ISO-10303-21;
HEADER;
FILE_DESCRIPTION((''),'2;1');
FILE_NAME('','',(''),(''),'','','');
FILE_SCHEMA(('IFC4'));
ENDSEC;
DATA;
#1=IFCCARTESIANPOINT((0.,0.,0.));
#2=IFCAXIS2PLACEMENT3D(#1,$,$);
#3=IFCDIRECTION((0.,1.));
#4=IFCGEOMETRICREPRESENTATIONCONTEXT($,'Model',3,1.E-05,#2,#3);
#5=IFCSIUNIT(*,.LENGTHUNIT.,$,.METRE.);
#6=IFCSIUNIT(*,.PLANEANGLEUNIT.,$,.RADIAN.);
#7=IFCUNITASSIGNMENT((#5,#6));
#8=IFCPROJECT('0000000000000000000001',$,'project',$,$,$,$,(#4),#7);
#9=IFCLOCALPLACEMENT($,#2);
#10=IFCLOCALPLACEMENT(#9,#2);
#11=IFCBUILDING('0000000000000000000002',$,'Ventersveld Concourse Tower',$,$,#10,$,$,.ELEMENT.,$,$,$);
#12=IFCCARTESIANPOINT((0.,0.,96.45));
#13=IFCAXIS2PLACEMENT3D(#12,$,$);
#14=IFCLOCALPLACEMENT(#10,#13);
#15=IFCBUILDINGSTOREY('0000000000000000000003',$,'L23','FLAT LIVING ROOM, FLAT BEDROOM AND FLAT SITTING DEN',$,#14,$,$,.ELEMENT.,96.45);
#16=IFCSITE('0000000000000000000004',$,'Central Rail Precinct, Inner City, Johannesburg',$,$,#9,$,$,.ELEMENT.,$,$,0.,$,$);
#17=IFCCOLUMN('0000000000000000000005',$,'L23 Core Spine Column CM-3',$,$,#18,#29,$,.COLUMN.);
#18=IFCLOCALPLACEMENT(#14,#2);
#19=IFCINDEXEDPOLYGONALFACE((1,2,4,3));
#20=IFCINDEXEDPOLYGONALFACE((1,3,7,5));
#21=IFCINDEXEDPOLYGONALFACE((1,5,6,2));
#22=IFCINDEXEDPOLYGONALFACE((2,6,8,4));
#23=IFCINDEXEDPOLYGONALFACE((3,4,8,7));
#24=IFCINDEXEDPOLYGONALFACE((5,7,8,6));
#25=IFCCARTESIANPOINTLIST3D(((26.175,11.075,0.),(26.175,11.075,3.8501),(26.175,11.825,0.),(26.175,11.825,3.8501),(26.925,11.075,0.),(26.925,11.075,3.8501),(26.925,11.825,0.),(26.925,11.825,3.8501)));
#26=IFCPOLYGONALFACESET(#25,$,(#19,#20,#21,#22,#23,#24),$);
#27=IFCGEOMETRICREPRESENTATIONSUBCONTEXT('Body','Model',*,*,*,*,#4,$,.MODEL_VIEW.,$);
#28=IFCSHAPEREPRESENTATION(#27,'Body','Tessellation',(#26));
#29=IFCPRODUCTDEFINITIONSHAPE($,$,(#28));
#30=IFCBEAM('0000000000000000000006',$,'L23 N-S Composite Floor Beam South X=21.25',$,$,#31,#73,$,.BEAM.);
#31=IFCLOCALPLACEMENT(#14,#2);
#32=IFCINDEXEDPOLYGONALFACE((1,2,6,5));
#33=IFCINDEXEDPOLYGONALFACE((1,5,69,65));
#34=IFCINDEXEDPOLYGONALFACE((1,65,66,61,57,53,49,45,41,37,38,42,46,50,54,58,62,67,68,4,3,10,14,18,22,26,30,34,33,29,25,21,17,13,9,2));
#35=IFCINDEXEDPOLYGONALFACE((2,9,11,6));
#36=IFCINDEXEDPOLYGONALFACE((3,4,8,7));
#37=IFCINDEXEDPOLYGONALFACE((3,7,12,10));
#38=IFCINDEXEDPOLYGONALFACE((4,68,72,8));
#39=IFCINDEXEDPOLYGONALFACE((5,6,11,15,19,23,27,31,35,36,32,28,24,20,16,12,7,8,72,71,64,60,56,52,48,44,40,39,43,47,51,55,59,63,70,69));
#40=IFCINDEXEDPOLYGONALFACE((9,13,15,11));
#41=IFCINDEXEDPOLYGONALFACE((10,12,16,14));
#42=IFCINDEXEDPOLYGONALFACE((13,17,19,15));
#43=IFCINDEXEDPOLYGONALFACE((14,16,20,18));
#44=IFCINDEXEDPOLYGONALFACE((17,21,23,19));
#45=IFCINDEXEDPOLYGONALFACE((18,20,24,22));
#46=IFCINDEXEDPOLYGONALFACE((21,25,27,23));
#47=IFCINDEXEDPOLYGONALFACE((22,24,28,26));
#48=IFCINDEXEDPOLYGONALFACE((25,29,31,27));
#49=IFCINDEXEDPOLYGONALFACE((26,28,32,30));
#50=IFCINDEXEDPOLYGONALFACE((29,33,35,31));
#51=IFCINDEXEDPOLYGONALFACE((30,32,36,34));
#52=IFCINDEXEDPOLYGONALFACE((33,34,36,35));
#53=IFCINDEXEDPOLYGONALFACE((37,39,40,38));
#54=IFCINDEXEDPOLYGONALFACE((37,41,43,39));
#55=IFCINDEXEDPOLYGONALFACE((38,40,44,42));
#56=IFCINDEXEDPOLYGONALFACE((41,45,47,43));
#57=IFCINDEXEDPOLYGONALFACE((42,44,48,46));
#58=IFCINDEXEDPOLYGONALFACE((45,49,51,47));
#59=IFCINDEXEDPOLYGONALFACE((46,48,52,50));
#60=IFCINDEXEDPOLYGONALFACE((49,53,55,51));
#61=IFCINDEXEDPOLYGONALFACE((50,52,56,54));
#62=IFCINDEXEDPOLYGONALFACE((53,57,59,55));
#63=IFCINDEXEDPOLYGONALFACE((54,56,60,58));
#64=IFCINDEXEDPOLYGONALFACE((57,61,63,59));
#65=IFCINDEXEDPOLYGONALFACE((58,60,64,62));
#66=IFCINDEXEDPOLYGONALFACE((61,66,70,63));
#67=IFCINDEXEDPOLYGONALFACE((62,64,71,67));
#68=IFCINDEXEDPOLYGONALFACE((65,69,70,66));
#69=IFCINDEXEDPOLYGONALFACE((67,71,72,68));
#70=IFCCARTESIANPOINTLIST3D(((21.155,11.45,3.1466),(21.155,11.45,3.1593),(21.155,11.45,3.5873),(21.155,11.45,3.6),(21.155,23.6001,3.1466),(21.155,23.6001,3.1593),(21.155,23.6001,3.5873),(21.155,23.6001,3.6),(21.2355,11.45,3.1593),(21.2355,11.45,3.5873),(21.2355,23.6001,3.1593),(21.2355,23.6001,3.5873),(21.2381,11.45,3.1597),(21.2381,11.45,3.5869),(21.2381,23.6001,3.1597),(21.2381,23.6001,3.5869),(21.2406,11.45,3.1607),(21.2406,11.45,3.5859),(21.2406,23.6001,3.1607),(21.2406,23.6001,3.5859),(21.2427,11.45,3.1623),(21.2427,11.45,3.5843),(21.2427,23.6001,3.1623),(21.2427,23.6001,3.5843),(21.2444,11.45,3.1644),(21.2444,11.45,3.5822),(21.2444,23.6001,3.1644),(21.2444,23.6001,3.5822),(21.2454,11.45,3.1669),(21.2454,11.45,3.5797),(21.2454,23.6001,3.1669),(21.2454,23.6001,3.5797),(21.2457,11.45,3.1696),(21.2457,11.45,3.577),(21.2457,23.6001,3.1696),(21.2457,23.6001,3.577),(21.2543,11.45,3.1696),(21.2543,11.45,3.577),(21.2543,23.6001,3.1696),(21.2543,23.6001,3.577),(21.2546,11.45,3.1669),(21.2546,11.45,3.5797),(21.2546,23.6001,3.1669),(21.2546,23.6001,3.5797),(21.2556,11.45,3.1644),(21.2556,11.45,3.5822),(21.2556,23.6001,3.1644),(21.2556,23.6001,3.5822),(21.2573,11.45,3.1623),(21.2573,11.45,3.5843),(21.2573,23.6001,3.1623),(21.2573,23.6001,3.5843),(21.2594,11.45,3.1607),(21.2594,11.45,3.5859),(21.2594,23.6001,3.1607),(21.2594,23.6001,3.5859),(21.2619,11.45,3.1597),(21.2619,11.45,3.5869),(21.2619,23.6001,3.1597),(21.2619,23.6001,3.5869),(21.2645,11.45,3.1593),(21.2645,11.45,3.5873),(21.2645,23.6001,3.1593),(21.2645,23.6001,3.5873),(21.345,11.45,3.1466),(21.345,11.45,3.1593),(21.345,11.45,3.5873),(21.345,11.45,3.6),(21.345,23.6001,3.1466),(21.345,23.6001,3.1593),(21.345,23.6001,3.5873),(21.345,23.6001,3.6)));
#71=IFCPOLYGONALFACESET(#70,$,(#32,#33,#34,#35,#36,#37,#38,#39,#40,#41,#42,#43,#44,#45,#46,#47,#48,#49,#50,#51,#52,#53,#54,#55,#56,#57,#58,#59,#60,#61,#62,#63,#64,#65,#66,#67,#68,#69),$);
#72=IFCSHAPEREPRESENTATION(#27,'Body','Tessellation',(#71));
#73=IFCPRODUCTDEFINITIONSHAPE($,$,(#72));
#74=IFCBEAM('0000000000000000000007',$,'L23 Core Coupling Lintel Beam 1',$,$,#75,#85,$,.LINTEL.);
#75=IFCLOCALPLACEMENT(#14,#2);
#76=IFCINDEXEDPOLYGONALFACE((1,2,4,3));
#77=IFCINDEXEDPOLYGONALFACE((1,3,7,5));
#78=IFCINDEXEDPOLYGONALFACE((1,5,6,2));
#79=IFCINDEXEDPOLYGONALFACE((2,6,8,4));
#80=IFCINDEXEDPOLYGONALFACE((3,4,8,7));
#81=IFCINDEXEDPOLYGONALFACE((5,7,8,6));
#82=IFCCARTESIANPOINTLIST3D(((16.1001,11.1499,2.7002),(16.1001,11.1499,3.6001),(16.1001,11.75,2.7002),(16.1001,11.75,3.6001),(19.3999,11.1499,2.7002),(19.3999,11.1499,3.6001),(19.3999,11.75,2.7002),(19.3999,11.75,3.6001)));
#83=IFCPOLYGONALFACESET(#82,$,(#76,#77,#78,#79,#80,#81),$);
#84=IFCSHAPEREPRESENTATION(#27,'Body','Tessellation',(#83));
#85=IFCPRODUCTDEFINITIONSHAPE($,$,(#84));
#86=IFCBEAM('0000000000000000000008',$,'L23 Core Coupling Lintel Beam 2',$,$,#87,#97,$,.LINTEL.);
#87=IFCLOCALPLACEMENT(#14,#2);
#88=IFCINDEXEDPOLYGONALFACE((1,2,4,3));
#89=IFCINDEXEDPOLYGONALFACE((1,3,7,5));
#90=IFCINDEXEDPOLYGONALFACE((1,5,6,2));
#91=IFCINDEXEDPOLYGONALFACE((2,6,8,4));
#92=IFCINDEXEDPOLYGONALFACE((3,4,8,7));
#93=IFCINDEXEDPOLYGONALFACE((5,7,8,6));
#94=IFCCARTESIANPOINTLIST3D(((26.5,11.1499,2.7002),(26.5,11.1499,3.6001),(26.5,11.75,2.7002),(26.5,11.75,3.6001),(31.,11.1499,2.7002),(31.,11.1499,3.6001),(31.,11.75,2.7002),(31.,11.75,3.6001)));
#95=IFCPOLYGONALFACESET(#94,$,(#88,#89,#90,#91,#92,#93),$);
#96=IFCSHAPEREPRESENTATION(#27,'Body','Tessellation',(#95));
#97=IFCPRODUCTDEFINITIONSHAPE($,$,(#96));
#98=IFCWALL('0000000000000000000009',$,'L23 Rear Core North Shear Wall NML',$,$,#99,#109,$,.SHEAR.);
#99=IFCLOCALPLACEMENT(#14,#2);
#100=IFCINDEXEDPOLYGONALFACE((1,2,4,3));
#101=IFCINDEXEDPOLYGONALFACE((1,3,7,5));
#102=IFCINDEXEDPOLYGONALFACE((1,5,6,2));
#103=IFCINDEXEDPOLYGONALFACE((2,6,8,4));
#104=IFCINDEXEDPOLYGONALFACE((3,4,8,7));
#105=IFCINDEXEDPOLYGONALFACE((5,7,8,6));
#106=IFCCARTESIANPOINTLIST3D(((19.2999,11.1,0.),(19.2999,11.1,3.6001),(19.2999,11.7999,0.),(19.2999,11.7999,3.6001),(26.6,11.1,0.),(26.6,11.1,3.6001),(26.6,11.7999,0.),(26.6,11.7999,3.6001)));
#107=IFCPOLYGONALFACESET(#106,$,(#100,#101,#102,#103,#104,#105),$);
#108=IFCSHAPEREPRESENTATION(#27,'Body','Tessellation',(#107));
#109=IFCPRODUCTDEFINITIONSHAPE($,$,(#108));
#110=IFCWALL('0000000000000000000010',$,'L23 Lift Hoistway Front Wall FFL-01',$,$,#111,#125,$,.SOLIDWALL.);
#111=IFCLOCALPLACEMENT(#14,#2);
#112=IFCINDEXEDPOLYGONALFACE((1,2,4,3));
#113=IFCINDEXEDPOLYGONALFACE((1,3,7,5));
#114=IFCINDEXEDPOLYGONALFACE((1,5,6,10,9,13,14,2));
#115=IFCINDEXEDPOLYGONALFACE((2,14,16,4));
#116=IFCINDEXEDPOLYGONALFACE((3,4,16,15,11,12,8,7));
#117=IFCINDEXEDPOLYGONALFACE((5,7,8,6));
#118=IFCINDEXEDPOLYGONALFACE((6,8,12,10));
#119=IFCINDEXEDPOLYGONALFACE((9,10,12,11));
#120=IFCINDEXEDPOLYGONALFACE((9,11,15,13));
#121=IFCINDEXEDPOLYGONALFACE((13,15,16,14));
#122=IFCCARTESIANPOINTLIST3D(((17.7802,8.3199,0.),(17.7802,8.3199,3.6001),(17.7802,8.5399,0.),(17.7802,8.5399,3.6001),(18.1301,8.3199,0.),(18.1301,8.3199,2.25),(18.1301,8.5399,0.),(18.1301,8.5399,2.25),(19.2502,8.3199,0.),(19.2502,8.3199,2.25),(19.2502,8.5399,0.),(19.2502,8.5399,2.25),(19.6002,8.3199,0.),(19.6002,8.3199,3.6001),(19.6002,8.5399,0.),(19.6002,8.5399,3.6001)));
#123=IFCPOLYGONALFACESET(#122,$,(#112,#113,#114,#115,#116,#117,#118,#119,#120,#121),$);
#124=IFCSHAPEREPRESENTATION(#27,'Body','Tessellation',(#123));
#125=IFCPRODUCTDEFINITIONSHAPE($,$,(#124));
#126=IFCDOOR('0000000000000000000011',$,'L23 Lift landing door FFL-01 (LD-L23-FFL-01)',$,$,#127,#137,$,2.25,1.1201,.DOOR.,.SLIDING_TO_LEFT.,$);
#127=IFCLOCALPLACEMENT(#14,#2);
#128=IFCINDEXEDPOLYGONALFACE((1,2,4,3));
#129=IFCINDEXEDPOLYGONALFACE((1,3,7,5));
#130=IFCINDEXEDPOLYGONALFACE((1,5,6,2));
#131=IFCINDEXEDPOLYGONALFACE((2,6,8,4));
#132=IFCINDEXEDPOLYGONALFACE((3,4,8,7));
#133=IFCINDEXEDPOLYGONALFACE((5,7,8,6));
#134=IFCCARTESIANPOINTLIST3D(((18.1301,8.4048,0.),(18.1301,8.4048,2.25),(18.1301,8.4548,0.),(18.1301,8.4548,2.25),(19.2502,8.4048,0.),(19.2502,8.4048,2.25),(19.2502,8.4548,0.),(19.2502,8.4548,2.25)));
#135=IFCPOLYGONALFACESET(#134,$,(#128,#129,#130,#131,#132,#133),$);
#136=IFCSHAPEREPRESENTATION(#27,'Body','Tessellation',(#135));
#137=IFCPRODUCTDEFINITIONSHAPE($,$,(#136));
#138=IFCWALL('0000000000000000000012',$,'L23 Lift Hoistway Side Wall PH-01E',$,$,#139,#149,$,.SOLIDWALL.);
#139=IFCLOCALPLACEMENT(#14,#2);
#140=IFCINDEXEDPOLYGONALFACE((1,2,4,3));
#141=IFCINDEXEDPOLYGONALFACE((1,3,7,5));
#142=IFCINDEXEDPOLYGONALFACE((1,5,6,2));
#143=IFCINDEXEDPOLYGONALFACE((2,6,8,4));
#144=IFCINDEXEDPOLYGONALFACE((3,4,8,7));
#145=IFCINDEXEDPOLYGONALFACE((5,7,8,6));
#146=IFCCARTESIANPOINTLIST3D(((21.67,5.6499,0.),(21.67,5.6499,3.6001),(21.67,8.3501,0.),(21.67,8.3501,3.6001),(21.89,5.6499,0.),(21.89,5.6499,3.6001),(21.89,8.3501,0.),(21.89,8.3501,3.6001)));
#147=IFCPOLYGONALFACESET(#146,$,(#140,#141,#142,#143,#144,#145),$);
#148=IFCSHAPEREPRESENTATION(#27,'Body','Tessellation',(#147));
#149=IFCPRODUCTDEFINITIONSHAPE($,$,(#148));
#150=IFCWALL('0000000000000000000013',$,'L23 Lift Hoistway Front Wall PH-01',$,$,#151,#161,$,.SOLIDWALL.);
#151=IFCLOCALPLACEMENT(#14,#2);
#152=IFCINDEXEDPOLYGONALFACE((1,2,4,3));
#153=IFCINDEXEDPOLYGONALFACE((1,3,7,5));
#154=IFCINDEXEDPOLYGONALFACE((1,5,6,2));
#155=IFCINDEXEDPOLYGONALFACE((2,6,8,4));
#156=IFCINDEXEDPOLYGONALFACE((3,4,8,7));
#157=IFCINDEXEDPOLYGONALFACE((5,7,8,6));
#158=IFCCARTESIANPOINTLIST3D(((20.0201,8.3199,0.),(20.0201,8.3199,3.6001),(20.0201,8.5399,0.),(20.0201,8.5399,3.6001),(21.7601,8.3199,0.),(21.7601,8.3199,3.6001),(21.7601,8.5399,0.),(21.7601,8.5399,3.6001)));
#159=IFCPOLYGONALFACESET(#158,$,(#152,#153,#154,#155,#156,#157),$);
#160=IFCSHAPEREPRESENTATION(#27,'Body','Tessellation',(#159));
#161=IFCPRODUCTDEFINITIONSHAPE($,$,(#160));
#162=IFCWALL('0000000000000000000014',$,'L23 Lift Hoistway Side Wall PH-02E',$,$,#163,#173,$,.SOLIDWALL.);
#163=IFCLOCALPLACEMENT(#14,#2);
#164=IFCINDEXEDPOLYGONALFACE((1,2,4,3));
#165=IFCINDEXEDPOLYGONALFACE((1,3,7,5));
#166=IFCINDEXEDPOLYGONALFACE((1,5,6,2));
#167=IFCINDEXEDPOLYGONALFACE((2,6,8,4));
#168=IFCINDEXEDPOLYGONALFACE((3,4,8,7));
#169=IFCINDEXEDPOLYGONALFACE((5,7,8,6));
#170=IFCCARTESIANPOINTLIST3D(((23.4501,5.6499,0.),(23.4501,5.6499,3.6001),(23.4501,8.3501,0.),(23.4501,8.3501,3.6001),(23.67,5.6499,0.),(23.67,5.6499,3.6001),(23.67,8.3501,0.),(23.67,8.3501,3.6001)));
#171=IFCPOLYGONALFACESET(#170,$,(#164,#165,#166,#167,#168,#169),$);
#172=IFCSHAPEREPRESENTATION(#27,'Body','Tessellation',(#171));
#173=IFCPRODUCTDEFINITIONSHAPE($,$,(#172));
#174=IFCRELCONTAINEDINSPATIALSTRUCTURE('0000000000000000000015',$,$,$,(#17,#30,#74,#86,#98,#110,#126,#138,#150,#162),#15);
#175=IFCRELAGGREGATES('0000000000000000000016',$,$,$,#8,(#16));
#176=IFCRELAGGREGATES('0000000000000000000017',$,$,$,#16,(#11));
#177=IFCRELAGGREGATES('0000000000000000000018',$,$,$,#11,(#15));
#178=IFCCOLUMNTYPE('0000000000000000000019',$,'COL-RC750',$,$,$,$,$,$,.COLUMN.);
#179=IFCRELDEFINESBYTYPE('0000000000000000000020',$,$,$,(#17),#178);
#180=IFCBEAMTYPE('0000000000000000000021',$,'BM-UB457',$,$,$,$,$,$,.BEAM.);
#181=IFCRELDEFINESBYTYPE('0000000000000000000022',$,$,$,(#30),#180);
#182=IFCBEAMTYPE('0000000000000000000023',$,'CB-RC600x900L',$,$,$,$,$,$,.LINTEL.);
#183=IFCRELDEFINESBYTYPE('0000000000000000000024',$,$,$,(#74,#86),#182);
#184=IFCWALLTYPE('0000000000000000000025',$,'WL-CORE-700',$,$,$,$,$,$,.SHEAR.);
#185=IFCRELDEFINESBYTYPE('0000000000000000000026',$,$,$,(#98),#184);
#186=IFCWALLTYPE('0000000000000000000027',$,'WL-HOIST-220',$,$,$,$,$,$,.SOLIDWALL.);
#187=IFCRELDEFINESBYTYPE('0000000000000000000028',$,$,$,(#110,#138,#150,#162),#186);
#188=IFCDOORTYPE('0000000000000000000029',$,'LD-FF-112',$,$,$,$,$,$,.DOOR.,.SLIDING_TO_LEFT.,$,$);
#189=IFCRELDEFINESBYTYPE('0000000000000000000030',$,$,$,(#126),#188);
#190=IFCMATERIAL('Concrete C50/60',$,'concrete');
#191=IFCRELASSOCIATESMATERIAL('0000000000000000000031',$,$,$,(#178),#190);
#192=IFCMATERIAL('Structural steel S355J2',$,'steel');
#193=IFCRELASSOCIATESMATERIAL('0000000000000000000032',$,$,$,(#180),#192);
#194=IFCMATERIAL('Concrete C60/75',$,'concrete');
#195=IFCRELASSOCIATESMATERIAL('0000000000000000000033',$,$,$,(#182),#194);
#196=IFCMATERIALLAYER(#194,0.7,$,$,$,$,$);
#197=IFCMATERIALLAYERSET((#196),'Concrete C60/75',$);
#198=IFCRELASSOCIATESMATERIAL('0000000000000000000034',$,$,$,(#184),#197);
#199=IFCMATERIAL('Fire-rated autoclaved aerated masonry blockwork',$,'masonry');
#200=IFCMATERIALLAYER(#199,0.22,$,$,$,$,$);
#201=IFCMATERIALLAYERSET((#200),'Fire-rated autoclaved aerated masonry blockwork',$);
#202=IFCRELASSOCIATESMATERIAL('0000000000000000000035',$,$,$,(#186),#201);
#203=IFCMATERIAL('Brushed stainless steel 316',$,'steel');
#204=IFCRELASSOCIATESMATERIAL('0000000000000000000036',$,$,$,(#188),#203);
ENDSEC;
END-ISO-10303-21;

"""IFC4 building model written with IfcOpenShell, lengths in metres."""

from ifc_helpers import new_model, si_unit, direction, frame, frame_2d, origin, origin_2d, place, context, subcontext, project, spatial, rectangle, i_section, extrude, material, layer, layer_set, material_profile, profile_set, type_object, element, fill, save


model = new_model("IFC4")

# Units and contexts
model_context = context("Model", 3, precision=1e-05, world=origin(), true_north=direction((0.0, 1.0)))
body_context = subcontext(model_context, "Body", "Model", "MODEL_VIEW")
ifc_project = project(units=[si_unit("LENGTHUNIT", "METRE"), si_unit("PLANEANGLEUNIT", "RADIAN")], contexts=[model_context])

# Site, building, storey
site_placement = place(None, origin())
site = spatial("IfcSite", under=ifc_project, at=site_placement, Name="Central Rail Precinct, Inner City, Johannesburg", CompositionType="ELEMENT", RefElevation=0.0)
building_placement = place(site_placement, origin())
building = spatial("IfcBuilding", under=site, at=building_placement, Name="Ventersveld Concourse Tower", CompositionType="ELEMENT")
storey_placement = place(building_placement, frame((0.0, 0.0, 96.45)))
storey = spatial("IfcBuildingStorey", under=building, at=storey_placement, Name="L23", Description="FLAT LIVING ROOM, FLAT BEDROOM AND FLAT SITTING DEN", CompositionType="ELEMENT", Elevation=96.45)

# Column
ifc_material_1 = material(Name="Concrete C50/60", Category="concrete")
ifc_material_profile_1 = material_profile(ifc_material_1, rectangle(XDim=0.75, YDim=0.75, at=origin_2d()), Name="RC 750x750")
ifc_profile_set_1 = profile_set([ifc_material_profile_1], Name="Concrete C50/60")
column_type = type_object("IfcColumnType", Name="COL-RC750", PredefinedType="COLUMN", material=ifc_profile_set_1)
column_placement = place(storey_placement, frame((26.55, 11.45, 0.0), z_axis=(0.0, 0.0, 1.0), x_axis=(1.0, 0.0, 0.0)))
element("IfcColumn", 1, at=column_placement, inside=storey, type_object=column_type, Name="L23 Core Spine Column CM-3", PredefinedType="COLUMN", context=body_context, shape_type="SweptSolid", body=[
    extrude(rectangle(XDim=0.75, YDim=0.75, at=origin_2d()), origin(), (0.0, 0.0, 1.0), 3.8501),
])

# Beams
ifc_material_2 = material(Name="Structural steel S355J2", Category="steel")
ifc_material_profile_2 = material_profile(ifc_material_2, i_section(OverallWidth=0.1899, OverallDepth=0.4534, WebThickness=0.0085, FlangeThickness=0.0127, FilletRadius=0.0103, at=origin_2d()), Name="UB 457x191x67")
ifc_profile_set_2 = profile_set([ifc_material_profile_2], Name="Structural steel S355J2")
beam_type_1 = type_object("IfcBeamType", Name="BM-UB457", PredefinedType="BEAM", material=ifc_profile_set_2)
beam_1_placement = place(storey_placement, frame((21.25, 11.45, 3.3733), z_axis=(0.0, 1.0, 0.0), x_axis=(-1.0, 0.0, 0.0)))
element("IfcBeam", 2, at=beam_1_placement, inside=storey, type_object=beam_type_1, Name="L23 N-S Composite Floor Beam South X=21.25", PredefinedType="BEAM", context=body_context, shape_type="SweptSolid", body=[
    extrude(i_section(OverallWidth=0.1899, OverallDepth=0.4534, WebThickness=0.0085, FlangeThickness=0.0127, FilletRadius=0.0103, at=origin_2d()), origin(), (0.0, 0.0, 1.0), 12.1501),
])
ifc_material_3 = material(Name="Concrete C60/75", Category="concrete")
ifc_material_profile_3 = material_profile(ifc_material_3, rectangle(XDim=0.6001, YDim=0.8999, at=origin_2d()), Name="RC 600x900")
ifc_profile_set_3 = profile_set([ifc_material_profile_3], Name="Concrete C60/75")
beam_type_2 = type_object("IfcBeamType", Name="CB-RC600x900L", PredefinedType="LINTEL", material=ifc_profile_set_3)
beam_2_placement = place(storey_placement, frame((16.1001, 11.45, 3.1501), z_axis=(1.0, 0.0, 0.0), x_axis=(0.0, 1.0, 0.0)))
element("IfcBeam", 3, at=beam_2_placement, inside=storey, type_object=beam_type_2, Name="L23 Core Coupling Lintel Beam 1", PredefinedType="LINTEL", context=body_context, shape_type="SweptSolid", body=[
    extrude(rectangle(XDim=0.6001, YDim=0.8999, at=origin_2d()), origin(), (0.0, 0.0, 1.0), 3.2998),
])
beam_3_placement = place(storey_placement, frame((26.5, 11.45, 3.1501), z_axis=(1.0, 0.0, 0.0), x_axis=(0.0, 1.0, 0.0)))
element("IfcBeam", 4, at=beam_3_placement, inside=storey, type_object=beam_type_2, Name="L23 Core Coupling Lintel Beam 2", PredefinedType="LINTEL", context=body_context, shape_type="SweptSolid", body=[
    extrude(rectangle(XDim=0.6001, YDim=0.8999, at=origin_2d()), origin(), (0.0, 0.0, 1.0), 4.5),
])

# Wall
ifc_layer_1 = layer(ifc_material_3, 0.7)
ifc_layer_set_1 = layer_set([ifc_layer_1], Name="Concrete C60/75")
wall_type_1 = type_object("IfcWallType", Name="WL-CORE-700", PredefinedType="SHEAR", material=ifc_layer_set_1)
wall_1_placement = place(storey_placement, frame((19.3, 11.45, 0.0), z_axis=(0.0, 0.0, 1.0), x_axis=(1.0, 0.0, 0.0)))
element("IfcWall", 5, at=wall_1_placement, inside=storey, type_object=wall_type_1, Name="L23 Rear Core North Shear Wall NML", PredefinedType="SHEAR", context=body_context, shape_type="SweptSolid", body=[
    extrude(rectangle(XDim=7.3, YDim=0.7, at=frame_2d((3.6499, 0.0))), origin(), (0.0, 0.0, 1.0), 3.6001),
])

# Wall, opening, door
ifc_material_4 = material(Name="Fire-rated autoclaved aerated masonry blockwork", Category="masonry")
ifc_layer_2 = layer(ifc_material_4, 0.22)
ifc_layer_set_2 = layer_set([ifc_layer_2], Name="Fire-rated autoclaved aerated masonry blockwork")
wall_type_2 = type_object("IfcWallType", Name="WL-HOIST-220", PredefinedType="SOLIDWALL", material=ifc_layer_set_2)
wall_2_placement = place(storey_placement, frame((17.78, 8.4299, 0.0), z_axis=(0.0, 0.0, 1.0), x_axis=(1.0, 0.0, 0.0)))
wall_2 = element("IfcWall", 6, at=wall_2_placement, inside=storey, type_object=wall_type_2, Name="L23 Lift Hoistway Front Wall FFL-01", PredefinedType="SOLIDWALL", context=body_context, shape_type="SweptSolid", body=[
    extrude(rectangle(XDim=1.8201, YDim=0.22, at=frame_2d((0.9102, 0.0))), origin(), (0.0, 0.0, 1.0), 3.6001),
])
opening_1_placement = place(wall_2_placement, frame((0.3501, 0.0, 0.0)))
opening_1 = element("IfcOpeningElement", 7, at=opening_1_placement, cuts=wall_2, PredefinedType="OPENING", context=body_context, shape_type="SweptSolid", body=[
    extrude(rectangle(XDim=1.1201, YDim=2.25, at=frame_2d((0.5601, 1.125))), frame((0.0, 0.1201, 0.0), z_axis=(0.0, -1.0, 0.0), x_axis=(1.0, 0.0, 0.0)), (0.0, 0.0, 1.0), 0.24),
])
ifc_material_5 = material(Name="Brushed stainless steel 316", Category="steel")
door_type_1 = type_object("IfcDoorType", Name="LD-FF-112", OperationType="SLIDING_TO_LEFT", PredefinedType="DOOR", material=ifc_material_5)
door_1_placement = place(opening_1_placement, origin())
door_1 = element("IfcDoor", 8, at=door_1_placement, inside=storey, type_object=door_type_1, Name="L23 Lift landing door FFL-01 (LD-L23-FFL-01)", OperationType="SLIDING_TO_LEFT", OverallHeight=2.25, OverallWidth=1.1201, PredefinedType="DOOR", context=body_context, shape_type="SweptSolid", body=[
    extrude(rectangle(XDim=1.1201, YDim=2.25, at=frame_2d((0.5601, 1.125))), frame((0.0, 0.0249, 0.0), z_axis=(0.0, -1.0, 0.0), x_axis=(1.0, 0.0, 0.0)), (0.0, 0.0, 1.0), 0.05),
])
fill(opening_1, door_1)

# Walls
wall_3_placement = place(storey_placement, frame((21.78, 5.6499, 0.0), z_axis=(0.0, 0.0, 1.0), x_axis=(0.0, 1.0, 0.0)))
element("IfcWall", 9, at=wall_3_placement, inside=storey, type_object=wall_type_2, Name="L23 Lift Hoistway Side Wall PH-01E", PredefinedType="SOLIDWALL", context=body_context, shape_type="SweptSolid", body=[
    extrude(rectangle(XDim=2.7002, YDim=0.22, at=frame_2d((1.3501, 0.0))), origin(), (0.0, 0.0, 1.0), 3.6001),
])
wall_4_placement = place(storey_placement, frame((20.02, 8.4299, 0.0), z_axis=(0.0, 0.0, 1.0), x_axis=(1.0, 0.0, 0.0)))
element("IfcWall", 10, at=wall_4_placement, inside=storey, type_object=wall_type_2, Name="L23 Lift Hoistway Front Wall PH-01", PredefinedType="SOLIDWALL", context=body_context, shape_type="SweptSolid", body=[
    extrude(rectangle(XDim=1.74, YDim=0.22, at=frame_2d((0.8701, 0.0))), origin(), (0.0, 0.0, 1.0), 3.6001),
])
wall_5_placement = place(storey_placement, frame((23.5601, 5.6499, 0.0), z_axis=(0.0, 0.0, 1.0), x_axis=(0.0, 1.0, 0.0)))
element("IfcWall", 11, at=wall_5_placement, inside=storey, type_object=wall_type_2, Name="L23 Lift Hoistway Side Wall PH-02E", PredefinedType="SOLIDWALL", context=body_context, shape_type="SweptSolid", body=[
    extrude(rectangle(XDim=2.7002, YDim=0.22, at=frame_2d((1.3501, 0.0))), origin(), (0.0, 0.0, 1.0), 3.6001),
])

save(model, "model.ifc")
